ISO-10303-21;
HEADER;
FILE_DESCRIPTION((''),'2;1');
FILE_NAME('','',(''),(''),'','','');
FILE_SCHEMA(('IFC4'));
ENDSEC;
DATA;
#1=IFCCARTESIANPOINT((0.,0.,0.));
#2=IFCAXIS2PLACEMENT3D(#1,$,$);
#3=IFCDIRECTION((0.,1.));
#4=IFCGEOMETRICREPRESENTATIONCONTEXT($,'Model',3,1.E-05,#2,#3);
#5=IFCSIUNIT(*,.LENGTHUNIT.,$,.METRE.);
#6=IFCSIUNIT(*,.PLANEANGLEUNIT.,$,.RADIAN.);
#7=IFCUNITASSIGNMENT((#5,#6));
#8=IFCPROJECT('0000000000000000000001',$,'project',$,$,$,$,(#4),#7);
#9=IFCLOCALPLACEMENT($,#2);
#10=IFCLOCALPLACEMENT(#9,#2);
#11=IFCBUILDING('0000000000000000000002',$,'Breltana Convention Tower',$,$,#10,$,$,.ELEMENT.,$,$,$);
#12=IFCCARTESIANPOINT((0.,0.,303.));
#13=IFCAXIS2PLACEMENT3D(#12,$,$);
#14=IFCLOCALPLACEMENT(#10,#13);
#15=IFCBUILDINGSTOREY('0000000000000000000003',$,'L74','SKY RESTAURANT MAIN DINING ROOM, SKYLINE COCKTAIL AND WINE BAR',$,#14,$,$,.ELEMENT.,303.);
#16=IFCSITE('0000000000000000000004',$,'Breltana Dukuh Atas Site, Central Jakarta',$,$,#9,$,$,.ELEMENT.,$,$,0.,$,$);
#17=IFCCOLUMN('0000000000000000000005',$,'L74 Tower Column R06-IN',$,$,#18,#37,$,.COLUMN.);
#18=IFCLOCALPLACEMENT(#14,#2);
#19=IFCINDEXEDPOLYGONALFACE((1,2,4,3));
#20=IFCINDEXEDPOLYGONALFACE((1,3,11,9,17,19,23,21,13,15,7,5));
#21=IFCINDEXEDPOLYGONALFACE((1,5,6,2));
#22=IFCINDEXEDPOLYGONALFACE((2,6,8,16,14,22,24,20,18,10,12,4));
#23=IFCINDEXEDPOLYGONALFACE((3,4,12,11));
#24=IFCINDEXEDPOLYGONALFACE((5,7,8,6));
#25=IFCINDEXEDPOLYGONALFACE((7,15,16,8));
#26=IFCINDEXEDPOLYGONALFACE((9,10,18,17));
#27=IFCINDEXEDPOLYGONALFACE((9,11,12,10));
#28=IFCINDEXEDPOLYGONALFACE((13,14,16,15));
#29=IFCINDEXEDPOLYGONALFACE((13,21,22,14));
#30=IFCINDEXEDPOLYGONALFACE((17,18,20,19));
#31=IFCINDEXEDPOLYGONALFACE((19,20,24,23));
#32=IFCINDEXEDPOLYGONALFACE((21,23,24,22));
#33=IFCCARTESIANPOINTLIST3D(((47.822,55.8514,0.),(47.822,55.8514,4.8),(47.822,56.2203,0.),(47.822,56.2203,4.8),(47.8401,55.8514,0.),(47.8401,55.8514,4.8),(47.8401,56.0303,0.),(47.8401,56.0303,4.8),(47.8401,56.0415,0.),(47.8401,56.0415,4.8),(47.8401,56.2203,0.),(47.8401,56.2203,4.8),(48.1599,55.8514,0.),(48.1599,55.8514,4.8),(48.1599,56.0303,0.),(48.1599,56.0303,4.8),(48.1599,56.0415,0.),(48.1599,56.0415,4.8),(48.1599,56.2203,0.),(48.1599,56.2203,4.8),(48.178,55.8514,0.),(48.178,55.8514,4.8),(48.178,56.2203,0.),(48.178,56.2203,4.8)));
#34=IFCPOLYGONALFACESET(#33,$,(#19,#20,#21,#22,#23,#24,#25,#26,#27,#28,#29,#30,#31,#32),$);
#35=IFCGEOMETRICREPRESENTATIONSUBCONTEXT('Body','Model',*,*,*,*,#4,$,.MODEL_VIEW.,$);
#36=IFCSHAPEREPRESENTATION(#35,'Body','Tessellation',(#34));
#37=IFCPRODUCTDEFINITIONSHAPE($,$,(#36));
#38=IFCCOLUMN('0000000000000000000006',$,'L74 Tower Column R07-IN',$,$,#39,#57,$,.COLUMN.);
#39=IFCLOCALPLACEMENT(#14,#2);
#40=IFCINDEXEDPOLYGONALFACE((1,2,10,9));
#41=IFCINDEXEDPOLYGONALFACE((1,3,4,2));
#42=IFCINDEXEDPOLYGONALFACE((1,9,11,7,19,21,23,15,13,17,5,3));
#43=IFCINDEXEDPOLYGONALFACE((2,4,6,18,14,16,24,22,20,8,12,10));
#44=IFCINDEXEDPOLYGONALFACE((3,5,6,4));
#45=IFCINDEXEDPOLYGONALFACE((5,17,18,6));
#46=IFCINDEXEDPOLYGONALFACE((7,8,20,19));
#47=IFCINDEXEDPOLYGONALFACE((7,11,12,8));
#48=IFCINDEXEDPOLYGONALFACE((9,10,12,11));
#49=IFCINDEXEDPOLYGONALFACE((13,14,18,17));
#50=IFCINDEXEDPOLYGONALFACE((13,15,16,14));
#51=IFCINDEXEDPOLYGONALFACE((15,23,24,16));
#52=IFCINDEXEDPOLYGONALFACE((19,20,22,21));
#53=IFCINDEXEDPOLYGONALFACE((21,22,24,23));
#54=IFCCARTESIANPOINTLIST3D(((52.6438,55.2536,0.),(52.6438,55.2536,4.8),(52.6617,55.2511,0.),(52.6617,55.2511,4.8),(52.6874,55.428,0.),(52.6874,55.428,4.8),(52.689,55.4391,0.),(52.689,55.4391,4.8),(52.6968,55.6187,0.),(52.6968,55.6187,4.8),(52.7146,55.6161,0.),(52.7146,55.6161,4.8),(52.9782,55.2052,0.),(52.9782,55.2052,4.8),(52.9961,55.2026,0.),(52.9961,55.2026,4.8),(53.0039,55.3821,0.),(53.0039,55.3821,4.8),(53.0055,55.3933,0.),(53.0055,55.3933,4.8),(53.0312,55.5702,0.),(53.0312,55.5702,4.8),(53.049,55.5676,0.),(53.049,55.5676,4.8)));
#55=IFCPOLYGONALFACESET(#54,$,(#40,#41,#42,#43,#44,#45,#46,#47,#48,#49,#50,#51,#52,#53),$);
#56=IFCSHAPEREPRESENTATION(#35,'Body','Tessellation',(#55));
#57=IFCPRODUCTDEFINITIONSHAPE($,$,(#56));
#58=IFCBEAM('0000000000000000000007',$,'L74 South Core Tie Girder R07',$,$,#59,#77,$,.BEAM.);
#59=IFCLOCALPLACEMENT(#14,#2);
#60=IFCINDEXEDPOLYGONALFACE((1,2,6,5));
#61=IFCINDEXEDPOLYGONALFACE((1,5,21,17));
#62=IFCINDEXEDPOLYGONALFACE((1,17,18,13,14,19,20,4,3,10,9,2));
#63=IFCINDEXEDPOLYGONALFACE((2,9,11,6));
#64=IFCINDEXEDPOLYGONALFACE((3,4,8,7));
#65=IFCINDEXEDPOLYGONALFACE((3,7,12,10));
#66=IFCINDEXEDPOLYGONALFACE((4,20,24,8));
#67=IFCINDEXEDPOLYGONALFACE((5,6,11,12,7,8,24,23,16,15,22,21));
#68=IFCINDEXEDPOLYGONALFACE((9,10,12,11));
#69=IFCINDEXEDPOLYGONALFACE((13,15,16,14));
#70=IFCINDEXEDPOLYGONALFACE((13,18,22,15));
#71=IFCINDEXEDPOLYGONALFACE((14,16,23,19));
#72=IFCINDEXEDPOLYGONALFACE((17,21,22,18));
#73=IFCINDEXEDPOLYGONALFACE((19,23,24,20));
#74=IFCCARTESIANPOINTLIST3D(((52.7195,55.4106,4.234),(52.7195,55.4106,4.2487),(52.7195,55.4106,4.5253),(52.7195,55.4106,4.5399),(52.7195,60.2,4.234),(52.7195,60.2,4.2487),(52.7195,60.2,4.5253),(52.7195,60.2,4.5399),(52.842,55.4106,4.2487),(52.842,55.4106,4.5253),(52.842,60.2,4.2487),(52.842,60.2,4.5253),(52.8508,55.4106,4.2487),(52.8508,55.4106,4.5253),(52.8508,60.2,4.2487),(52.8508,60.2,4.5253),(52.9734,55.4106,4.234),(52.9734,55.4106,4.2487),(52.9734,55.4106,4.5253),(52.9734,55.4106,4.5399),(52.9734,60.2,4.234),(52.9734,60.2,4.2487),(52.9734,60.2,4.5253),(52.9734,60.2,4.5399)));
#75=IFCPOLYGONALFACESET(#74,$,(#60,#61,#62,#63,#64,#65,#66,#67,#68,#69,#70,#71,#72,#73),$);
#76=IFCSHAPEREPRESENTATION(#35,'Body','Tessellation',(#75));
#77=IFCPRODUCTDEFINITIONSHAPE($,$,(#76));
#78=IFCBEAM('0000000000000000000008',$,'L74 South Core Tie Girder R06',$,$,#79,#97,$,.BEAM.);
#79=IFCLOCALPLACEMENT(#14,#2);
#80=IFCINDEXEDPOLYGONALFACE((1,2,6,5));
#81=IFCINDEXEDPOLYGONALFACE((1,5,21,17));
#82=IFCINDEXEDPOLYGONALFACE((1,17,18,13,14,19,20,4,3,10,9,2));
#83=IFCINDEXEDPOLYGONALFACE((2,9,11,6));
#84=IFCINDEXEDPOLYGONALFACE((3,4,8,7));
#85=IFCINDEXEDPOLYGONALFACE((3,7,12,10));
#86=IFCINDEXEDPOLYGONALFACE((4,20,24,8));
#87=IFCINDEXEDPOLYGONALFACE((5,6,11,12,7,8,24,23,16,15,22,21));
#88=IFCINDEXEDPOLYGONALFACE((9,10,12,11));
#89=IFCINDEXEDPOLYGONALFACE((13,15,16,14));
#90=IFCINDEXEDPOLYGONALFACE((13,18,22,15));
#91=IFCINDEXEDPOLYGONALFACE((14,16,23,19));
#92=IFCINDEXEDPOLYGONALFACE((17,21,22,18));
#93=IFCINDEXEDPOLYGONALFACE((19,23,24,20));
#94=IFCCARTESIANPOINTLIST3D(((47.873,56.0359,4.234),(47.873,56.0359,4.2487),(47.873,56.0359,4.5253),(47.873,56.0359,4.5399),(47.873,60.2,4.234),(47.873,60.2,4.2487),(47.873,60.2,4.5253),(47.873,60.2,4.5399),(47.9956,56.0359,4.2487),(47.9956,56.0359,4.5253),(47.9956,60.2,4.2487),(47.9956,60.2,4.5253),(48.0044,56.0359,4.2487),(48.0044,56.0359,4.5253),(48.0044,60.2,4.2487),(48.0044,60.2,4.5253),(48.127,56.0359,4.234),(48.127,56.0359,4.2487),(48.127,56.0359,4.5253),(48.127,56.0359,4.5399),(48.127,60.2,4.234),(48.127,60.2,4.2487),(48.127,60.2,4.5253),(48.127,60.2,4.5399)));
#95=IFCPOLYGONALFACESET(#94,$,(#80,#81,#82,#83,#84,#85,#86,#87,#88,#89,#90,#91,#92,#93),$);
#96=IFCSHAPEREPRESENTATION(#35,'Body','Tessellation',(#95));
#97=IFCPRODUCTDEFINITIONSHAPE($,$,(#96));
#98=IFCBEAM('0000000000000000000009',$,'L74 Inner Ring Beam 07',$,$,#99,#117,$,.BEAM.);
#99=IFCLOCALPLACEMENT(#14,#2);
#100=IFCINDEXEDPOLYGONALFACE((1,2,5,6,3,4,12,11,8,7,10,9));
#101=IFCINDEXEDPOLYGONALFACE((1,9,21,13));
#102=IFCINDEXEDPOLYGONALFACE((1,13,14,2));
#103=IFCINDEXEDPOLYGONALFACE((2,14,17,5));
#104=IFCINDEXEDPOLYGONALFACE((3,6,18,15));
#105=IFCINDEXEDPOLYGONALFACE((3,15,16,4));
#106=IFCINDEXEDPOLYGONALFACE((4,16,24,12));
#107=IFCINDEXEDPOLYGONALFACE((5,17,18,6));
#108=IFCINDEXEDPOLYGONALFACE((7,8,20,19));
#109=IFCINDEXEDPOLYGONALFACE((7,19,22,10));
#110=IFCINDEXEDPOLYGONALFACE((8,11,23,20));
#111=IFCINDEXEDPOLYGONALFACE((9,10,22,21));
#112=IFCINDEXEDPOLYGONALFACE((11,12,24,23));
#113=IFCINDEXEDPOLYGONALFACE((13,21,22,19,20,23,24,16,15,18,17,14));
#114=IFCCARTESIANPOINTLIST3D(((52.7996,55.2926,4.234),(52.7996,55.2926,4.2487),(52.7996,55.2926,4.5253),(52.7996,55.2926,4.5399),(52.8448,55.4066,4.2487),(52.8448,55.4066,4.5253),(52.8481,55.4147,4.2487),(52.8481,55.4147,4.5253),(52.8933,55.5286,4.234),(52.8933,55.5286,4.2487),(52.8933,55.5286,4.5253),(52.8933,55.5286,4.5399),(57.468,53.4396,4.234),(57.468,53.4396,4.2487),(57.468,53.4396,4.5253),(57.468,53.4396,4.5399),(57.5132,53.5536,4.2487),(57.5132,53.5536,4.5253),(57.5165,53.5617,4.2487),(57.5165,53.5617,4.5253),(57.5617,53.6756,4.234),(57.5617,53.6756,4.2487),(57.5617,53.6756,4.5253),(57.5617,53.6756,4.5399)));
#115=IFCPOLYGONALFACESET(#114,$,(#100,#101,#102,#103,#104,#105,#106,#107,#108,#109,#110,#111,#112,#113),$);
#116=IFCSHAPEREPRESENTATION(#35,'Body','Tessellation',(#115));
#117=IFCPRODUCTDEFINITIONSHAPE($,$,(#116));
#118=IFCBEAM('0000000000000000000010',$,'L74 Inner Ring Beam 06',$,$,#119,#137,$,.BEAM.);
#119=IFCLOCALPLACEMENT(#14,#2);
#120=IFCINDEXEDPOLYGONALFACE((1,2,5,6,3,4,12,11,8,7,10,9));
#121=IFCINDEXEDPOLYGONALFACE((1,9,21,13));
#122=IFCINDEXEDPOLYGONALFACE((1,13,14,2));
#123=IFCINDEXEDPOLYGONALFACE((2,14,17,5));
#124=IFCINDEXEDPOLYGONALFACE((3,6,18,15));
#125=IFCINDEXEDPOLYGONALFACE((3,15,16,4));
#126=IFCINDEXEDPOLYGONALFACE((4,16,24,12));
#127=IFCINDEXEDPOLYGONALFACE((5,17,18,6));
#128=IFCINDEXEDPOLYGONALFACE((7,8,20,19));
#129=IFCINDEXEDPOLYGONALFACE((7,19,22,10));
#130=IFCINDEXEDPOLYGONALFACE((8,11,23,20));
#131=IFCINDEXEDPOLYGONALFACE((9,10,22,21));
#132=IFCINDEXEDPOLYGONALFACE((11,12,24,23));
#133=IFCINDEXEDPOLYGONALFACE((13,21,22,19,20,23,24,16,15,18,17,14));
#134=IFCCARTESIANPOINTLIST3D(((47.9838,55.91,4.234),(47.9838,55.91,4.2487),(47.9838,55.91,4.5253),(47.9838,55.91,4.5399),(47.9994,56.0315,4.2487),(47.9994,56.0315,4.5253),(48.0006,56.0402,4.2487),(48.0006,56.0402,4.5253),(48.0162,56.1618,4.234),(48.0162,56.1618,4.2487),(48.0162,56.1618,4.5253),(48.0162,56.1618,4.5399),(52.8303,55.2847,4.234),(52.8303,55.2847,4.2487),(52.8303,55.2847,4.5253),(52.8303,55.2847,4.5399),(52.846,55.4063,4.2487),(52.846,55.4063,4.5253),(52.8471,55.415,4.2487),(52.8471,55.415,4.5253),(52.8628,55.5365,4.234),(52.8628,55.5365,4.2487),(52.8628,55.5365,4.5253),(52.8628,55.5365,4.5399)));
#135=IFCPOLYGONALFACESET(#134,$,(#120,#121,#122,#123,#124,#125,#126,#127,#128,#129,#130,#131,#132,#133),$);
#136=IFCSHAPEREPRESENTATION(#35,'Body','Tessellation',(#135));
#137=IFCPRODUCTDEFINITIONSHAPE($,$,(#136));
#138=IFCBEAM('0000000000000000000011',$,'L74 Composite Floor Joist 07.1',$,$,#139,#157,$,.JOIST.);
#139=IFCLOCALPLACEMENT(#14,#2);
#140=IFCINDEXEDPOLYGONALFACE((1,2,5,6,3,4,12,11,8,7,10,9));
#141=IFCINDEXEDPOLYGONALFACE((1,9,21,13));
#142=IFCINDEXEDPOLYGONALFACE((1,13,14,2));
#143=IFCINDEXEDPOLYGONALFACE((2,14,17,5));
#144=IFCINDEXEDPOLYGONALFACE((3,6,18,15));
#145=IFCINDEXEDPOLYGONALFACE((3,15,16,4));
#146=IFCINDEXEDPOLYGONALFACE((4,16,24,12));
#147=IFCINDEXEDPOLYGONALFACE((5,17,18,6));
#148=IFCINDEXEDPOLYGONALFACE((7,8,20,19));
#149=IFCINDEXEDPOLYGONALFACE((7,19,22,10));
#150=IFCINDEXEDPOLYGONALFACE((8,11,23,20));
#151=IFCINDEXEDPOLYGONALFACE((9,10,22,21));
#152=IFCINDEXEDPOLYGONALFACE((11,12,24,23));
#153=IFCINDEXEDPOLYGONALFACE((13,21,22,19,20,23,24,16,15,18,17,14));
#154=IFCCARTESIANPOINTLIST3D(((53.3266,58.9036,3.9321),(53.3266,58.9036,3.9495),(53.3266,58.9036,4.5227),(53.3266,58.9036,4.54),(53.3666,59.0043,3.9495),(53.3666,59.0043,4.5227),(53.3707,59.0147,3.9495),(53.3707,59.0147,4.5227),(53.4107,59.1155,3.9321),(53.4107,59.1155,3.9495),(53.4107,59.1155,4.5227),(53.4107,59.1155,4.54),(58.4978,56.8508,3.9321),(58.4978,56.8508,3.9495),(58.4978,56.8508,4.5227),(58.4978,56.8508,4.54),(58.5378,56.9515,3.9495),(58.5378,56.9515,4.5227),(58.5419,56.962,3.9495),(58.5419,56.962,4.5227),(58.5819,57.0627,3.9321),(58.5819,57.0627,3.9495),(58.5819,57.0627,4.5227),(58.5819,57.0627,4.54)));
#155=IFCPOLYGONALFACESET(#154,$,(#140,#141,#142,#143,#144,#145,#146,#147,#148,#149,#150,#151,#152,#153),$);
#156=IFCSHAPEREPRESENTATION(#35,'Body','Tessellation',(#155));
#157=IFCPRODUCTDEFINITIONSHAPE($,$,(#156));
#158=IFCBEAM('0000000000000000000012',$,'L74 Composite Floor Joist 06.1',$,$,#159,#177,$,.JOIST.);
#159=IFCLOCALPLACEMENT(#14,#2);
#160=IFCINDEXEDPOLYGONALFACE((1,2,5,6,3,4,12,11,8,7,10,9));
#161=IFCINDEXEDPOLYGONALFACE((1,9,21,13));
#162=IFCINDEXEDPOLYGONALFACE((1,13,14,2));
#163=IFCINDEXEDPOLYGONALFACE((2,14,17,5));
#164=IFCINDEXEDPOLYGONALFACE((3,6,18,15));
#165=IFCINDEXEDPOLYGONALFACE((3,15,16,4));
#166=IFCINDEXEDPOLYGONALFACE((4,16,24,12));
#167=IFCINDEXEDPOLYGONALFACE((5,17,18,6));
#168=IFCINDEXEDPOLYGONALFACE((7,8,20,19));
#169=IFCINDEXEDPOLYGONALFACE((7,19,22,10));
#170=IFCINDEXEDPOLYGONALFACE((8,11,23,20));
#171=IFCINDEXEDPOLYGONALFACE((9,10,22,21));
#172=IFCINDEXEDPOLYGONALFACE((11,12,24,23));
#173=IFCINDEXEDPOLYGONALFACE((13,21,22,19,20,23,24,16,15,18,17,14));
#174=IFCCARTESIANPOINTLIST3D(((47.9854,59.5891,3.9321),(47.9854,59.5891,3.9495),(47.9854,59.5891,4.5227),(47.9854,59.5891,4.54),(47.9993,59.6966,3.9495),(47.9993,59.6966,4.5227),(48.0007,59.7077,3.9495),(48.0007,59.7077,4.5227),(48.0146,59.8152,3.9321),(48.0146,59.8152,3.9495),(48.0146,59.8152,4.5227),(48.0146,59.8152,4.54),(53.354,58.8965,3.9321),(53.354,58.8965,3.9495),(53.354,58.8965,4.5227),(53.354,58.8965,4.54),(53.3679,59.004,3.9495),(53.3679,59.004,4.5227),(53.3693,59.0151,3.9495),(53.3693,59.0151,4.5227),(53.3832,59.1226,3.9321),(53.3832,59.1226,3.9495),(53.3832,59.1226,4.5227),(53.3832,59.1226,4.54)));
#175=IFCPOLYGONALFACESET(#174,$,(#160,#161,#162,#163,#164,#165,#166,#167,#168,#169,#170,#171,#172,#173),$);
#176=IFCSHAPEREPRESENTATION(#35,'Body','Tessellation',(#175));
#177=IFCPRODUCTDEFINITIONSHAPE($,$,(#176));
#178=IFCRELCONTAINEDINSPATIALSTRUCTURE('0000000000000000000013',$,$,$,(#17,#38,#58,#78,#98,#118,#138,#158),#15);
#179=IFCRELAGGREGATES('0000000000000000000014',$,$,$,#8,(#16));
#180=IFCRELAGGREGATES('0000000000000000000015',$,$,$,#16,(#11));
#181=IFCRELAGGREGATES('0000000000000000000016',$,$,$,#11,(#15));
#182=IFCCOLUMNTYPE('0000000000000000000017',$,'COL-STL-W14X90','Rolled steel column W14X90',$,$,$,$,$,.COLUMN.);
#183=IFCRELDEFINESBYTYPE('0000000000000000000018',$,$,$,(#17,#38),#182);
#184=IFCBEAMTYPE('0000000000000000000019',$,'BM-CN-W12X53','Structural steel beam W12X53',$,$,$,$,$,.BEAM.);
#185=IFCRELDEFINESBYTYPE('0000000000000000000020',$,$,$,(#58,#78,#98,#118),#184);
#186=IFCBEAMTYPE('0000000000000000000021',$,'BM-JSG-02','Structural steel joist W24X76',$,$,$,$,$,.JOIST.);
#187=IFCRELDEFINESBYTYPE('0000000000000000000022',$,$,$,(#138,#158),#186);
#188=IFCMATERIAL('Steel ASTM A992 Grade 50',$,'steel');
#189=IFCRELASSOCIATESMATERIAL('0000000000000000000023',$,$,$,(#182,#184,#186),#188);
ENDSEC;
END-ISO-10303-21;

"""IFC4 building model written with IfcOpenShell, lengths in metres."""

from ifc_helpers import new_model, si_unit, direction, frame, origin, origin_2d, place, context, subcontext, project, spatial, i_section, extrude, source, transform, mapped, material, material_profile, profile_set, type_object, type_shapes, element, save


model = new_model("IFC4")

# Units and contexts
model_context = context("Model", 3, precision=1e-05, world=origin(), true_north=direction((0.0, 1.0)))
body_context = subcontext(model_context, "Body", "Model", "MODEL_VIEW")
ifc_project = project(units=[si_unit("LENGTHUNIT", "METRE"), si_unit("PLANEANGLEUNIT", "RADIAN")], contexts=[model_context])

# Site, building, storey
site_placement = place(None, origin())
site = spatial("IfcSite", under=ifc_project, at=site_placement, Name="Breltana Dukuh Atas Site, Central Jakarta", CompositionType="ELEMENT", RefElevation=0.0)
building_placement = place(site_placement, origin())
building = spatial("IfcBuilding", under=site, at=building_placement, Name="Breltana Convention Tower", CompositionType="ELEMENT")
storey_placement = place(building_placement, frame((0.0, 0.0, 303.0)))
storey = spatial("IfcBuildingStorey", under=building, at=storey_placement, Name="L74", Description="SKY RESTAURANT MAIN DINING ROOM, SKYLINE COCKTAIL AND WINE BAR", CompositionType="ELEMENT", Elevation=303.0)

# Columns
ifc_material_1 = material(Name="Steel ASTM A992 Grade 50", Category="steel")
ifc_material_profile_1 = material_profile(ifc_material_1, i_section(OverallWidth=0.3689, OverallDepth=0.356, WebThickness=0.0112, FlangeThickness=0.0181, at=origin_2d()), Name="W14X90")
ifc_profile_set_1 = profile_set([ifc_material_profile_1], Name="Steel ASTM A992 Grade 50")
column_type = type_object("IfcColumnType", Name="COL-STL-W14X90", Description="Rolled steel column W14X90", PredefinedType="COLUMN", material=ifc_profile_set_1)
shared_shape_1 = source(origin(), body_context, "Body", "SweptSolid", [
    extrude(i_section(OverallWidth=0.3689, OverallDepth=0.356, WebThickness=0.0112, FlangeThickness=0.0181, at=origin_2d()), origin(), (0.0, 0.0, 1.0), 4.8),
])
type_shapes(column_type, [shared_shape_1])
for number, where, z_axis, x_axis, name in (
    (1, (48.0, 56.0359, 0.0), (0.0, 0.0, 1.0), (0.0, 1.0, 0.0), "L74 Tower Column R06-IN"),
    (2, (52.8464, 55.4106, 0.0), (0.0, 0.0, 1.0), (0.143493, 0.989651, 0.0), "L74 Tower Column R07-IN"),
):
    element("IfcColumn", number, at=place(storey_placement, frame(where, z_axis=z_axis, x_axis=x_axis)), inside=storey, type_object=column_type, Name=name, PredefinedType="COLUMN", context=body_context, shape_type="MappedRepresentation", body=[
        mapped(shared_shape_1, transform((0.0, 0.0, 0.0), scale=1.0)),
    ])

# Beams
ifc_material_profile_2 = material_profile(ifc_material_1, i_section(OverallWidth=0.2539, OverallDepth=0.3059, WebThickness=0.0088, FlangeThickness=0.0146, at=origin_2d()), Name="W12X53")
ifc_profile_set_2 = profile_set([ifc_material_profile_2], Name="Steel ASTM A992 Grade 50")
beam_type_1 = type_object("IfcBeamType", Name="BM-CN-W12X53", Description="Structural steel beam W12X53", PredefinedType="BEAM", material=ifc_profile_set_2)
shared_shape_2 = source(origin(), body_context, "Body", "SweptSolid", [
    extrude(i_section(OverallWidth=0.2539, OverallDepth=0.3059, WebThickness=0.0088, FlangeThickness=0.0146, at=origin_2d()), origin(), (0.0, 0.0, 1.0), 4.7893),
])
beam_1_placement = place(storey_placement, frame((52.8464, 60.2, 4.387), z_axis=(0.0, -1.0, 0.0), x_axis=(1.0, 0.0, 0.0)))
element("IfcBeam", 3, at=beam_1_placement, inside=storey, type_object=beam_type_1, Name="L74 South Core Tie Girder R07", PredefinedType="BEAM", context=body_context, shape_type="MappedRepresentation", body=[
    mapped(shared_shape_2, transform((0.0, 0.0, 0.0), scale=1.0)),
])
shared_shape_3 = source(origin(), body_context, "Body", "SweptSolid", [
    extrude(i_section(OverallWidth=0.2539, OverallDepth=0.3059, WebThickness=0.0088, FlangeThickness=0.0146, at=origin_2d()), origin(), (0.0, 0.0, 1.0), 4.1641),
])
beam_2_placement = place(storey_placement, frame((48.0, 60.2, 4.387), z_axis=(0.0, -1.0, 0.0), x_axis=(1.0, 0.0, 0.0)))
element("IfcBeam", 4, at=beam_2_placement, inside=storey, type_object=beam_type_1, Name="L74 South Core Tie Girder R06", PredefinedType="BEAM", context=body_context, shape_type="MappedRepresentation", body=[
    mapped(shared_shape_3, transform((0.0, 0.0, 0.0), scale=1.0)),
])
shared_shape_4 = source(origin(), body_context, "Body", "SweptSolid", [
    extrude(i_section(OverallWidth=0.2539, OverallDepth=0.3059, WebThickness=0.0088, FlangeThickness=0.0146, at=origin_2d()), origin(), (0.0, 0.0, 1.0), 5.0227),
])
beam_3_placement = place(storey_placement, frame((52.8464, 55.4106, 4.387), z_axis=(0.929459, -0.368926, 0.0), x_axis=(0.368926, 0.929459, 0.0)))
element("IfcBeam", 5, at=beam_3_placement, inside=storey, type_object=beam_type_1, Name="L74 Inner Ring Beam 07", PredefinedType="BEAM", context=body_context, shape_type="MappedRepresentation", body=[
    mapped(shared_shape_4, transform((0.0, 0.0, 0.0), scale=1.0)),
])
shared_shape_5 = source(origin(), body_context, "Body", "SweptSolid", [
    extrude(i_section(OverallWidth=0.2539, OverallDepth=0.3059, WebThickness=0.0088, FlangeThickness=0.0146, at=origin_2d()), origin(), (0.0, 0.0, 1.0), 4.8867),
])
beam_4_placement = place(storey_placement, frame((48.0, 56.0359, 4.387), z_axis=(0.991781, -0.127951, 0.0), x_axis=(0.127951, 0.991781, 0.0)))
element("IfcBeam", 6, at=beam_4_placement, inside=storey, type_object=beam_type_1, Name="L74 Inner Ring Beam 06", PredefinedType="BEAM", context=body_context, shape_type="MappedRepresentation", body=[
    mapped(shared_shape_5, transform((0.0, 0.0, 0.0), scale=1.0)),
])
ifc_material_profile_3 = material_profile(ifc_material_1, i_section(OverallWidth=0.228, OverallDepth=0.6079, WebThickness=0.0112, FlangeThickness=0.0173, at=origin_2d()), Name="W24X76")
ifc_profile_set_3 = profile_set([ifc_material_profile_3], Name="Steel ASTM A992 Grade 50")
beam_type_2 = type_object("IfcBeamType", Name="BM-JSG-02", Description="Structural steel joist W24X76", PredefinedType="JOIST", material=ifc_profile_set_3)
shared_shape_6 = source(origin(), body_context, "Body", "SweptSolid", [
    extrude(i_section(OverallWidth=0.228, OverallDepth=0.6079, WebThickness=0.0112, FlangeThickness=0.0173, at=origin_2d()), origin(), (0.0, 0.0, 1.0), 5.5637),
])
beam_5_placement = place(storey_placement, frame((53.3687, 59.0095, 4.2361), z_axis=(0.929448, -0.368953, 0.0), x_axis=(0.368953, 0.929448, 0.0)))
element("IfcBeam", 7, at=beam_5_placement, inside=storey, type_object=beam_type_2, Name="L74 Composite Floor Joist 07.1", PredefinedType="JOIST", context=body_context, shape_type="MappedRepresentation", body=[
    mapped(shared_shape_6, transform((0.0, 0.0, 0.0), scale=1.0)),
])
shared_shape_7 = source(origin(), body_context, "Body", "SweptSolid", [
    extrude(i_section(OverallWidth=0.228, OverallDepth=0.6079, WebThickness=0.0112, FlangeThickness=0.0173, at=origin_2d()), origin(), (0.0, 0.0, 1.0), 5.4131),
])
beam_6_placement = place(storey_placement, frame((48.0, 59.7021, 4.2361), z_axis=(0.99178, -0.127953, 0.0), x_axis=(0.127953, 0.99178, 0.0)))
element("IfcBeam", 8, at=beam_6_placement, inside=storey, type_object=beam_type_2, Name="L74 Composite Floor Joist 06.1", PredefinedType="JOIST", context=body_context, shape_type="MappedRepresentation", body=[
    mapped(shared_shape_7, transform((0.0, 0.0, 0.0), scale=1.0)),
])

save(model, "model.ifc")
